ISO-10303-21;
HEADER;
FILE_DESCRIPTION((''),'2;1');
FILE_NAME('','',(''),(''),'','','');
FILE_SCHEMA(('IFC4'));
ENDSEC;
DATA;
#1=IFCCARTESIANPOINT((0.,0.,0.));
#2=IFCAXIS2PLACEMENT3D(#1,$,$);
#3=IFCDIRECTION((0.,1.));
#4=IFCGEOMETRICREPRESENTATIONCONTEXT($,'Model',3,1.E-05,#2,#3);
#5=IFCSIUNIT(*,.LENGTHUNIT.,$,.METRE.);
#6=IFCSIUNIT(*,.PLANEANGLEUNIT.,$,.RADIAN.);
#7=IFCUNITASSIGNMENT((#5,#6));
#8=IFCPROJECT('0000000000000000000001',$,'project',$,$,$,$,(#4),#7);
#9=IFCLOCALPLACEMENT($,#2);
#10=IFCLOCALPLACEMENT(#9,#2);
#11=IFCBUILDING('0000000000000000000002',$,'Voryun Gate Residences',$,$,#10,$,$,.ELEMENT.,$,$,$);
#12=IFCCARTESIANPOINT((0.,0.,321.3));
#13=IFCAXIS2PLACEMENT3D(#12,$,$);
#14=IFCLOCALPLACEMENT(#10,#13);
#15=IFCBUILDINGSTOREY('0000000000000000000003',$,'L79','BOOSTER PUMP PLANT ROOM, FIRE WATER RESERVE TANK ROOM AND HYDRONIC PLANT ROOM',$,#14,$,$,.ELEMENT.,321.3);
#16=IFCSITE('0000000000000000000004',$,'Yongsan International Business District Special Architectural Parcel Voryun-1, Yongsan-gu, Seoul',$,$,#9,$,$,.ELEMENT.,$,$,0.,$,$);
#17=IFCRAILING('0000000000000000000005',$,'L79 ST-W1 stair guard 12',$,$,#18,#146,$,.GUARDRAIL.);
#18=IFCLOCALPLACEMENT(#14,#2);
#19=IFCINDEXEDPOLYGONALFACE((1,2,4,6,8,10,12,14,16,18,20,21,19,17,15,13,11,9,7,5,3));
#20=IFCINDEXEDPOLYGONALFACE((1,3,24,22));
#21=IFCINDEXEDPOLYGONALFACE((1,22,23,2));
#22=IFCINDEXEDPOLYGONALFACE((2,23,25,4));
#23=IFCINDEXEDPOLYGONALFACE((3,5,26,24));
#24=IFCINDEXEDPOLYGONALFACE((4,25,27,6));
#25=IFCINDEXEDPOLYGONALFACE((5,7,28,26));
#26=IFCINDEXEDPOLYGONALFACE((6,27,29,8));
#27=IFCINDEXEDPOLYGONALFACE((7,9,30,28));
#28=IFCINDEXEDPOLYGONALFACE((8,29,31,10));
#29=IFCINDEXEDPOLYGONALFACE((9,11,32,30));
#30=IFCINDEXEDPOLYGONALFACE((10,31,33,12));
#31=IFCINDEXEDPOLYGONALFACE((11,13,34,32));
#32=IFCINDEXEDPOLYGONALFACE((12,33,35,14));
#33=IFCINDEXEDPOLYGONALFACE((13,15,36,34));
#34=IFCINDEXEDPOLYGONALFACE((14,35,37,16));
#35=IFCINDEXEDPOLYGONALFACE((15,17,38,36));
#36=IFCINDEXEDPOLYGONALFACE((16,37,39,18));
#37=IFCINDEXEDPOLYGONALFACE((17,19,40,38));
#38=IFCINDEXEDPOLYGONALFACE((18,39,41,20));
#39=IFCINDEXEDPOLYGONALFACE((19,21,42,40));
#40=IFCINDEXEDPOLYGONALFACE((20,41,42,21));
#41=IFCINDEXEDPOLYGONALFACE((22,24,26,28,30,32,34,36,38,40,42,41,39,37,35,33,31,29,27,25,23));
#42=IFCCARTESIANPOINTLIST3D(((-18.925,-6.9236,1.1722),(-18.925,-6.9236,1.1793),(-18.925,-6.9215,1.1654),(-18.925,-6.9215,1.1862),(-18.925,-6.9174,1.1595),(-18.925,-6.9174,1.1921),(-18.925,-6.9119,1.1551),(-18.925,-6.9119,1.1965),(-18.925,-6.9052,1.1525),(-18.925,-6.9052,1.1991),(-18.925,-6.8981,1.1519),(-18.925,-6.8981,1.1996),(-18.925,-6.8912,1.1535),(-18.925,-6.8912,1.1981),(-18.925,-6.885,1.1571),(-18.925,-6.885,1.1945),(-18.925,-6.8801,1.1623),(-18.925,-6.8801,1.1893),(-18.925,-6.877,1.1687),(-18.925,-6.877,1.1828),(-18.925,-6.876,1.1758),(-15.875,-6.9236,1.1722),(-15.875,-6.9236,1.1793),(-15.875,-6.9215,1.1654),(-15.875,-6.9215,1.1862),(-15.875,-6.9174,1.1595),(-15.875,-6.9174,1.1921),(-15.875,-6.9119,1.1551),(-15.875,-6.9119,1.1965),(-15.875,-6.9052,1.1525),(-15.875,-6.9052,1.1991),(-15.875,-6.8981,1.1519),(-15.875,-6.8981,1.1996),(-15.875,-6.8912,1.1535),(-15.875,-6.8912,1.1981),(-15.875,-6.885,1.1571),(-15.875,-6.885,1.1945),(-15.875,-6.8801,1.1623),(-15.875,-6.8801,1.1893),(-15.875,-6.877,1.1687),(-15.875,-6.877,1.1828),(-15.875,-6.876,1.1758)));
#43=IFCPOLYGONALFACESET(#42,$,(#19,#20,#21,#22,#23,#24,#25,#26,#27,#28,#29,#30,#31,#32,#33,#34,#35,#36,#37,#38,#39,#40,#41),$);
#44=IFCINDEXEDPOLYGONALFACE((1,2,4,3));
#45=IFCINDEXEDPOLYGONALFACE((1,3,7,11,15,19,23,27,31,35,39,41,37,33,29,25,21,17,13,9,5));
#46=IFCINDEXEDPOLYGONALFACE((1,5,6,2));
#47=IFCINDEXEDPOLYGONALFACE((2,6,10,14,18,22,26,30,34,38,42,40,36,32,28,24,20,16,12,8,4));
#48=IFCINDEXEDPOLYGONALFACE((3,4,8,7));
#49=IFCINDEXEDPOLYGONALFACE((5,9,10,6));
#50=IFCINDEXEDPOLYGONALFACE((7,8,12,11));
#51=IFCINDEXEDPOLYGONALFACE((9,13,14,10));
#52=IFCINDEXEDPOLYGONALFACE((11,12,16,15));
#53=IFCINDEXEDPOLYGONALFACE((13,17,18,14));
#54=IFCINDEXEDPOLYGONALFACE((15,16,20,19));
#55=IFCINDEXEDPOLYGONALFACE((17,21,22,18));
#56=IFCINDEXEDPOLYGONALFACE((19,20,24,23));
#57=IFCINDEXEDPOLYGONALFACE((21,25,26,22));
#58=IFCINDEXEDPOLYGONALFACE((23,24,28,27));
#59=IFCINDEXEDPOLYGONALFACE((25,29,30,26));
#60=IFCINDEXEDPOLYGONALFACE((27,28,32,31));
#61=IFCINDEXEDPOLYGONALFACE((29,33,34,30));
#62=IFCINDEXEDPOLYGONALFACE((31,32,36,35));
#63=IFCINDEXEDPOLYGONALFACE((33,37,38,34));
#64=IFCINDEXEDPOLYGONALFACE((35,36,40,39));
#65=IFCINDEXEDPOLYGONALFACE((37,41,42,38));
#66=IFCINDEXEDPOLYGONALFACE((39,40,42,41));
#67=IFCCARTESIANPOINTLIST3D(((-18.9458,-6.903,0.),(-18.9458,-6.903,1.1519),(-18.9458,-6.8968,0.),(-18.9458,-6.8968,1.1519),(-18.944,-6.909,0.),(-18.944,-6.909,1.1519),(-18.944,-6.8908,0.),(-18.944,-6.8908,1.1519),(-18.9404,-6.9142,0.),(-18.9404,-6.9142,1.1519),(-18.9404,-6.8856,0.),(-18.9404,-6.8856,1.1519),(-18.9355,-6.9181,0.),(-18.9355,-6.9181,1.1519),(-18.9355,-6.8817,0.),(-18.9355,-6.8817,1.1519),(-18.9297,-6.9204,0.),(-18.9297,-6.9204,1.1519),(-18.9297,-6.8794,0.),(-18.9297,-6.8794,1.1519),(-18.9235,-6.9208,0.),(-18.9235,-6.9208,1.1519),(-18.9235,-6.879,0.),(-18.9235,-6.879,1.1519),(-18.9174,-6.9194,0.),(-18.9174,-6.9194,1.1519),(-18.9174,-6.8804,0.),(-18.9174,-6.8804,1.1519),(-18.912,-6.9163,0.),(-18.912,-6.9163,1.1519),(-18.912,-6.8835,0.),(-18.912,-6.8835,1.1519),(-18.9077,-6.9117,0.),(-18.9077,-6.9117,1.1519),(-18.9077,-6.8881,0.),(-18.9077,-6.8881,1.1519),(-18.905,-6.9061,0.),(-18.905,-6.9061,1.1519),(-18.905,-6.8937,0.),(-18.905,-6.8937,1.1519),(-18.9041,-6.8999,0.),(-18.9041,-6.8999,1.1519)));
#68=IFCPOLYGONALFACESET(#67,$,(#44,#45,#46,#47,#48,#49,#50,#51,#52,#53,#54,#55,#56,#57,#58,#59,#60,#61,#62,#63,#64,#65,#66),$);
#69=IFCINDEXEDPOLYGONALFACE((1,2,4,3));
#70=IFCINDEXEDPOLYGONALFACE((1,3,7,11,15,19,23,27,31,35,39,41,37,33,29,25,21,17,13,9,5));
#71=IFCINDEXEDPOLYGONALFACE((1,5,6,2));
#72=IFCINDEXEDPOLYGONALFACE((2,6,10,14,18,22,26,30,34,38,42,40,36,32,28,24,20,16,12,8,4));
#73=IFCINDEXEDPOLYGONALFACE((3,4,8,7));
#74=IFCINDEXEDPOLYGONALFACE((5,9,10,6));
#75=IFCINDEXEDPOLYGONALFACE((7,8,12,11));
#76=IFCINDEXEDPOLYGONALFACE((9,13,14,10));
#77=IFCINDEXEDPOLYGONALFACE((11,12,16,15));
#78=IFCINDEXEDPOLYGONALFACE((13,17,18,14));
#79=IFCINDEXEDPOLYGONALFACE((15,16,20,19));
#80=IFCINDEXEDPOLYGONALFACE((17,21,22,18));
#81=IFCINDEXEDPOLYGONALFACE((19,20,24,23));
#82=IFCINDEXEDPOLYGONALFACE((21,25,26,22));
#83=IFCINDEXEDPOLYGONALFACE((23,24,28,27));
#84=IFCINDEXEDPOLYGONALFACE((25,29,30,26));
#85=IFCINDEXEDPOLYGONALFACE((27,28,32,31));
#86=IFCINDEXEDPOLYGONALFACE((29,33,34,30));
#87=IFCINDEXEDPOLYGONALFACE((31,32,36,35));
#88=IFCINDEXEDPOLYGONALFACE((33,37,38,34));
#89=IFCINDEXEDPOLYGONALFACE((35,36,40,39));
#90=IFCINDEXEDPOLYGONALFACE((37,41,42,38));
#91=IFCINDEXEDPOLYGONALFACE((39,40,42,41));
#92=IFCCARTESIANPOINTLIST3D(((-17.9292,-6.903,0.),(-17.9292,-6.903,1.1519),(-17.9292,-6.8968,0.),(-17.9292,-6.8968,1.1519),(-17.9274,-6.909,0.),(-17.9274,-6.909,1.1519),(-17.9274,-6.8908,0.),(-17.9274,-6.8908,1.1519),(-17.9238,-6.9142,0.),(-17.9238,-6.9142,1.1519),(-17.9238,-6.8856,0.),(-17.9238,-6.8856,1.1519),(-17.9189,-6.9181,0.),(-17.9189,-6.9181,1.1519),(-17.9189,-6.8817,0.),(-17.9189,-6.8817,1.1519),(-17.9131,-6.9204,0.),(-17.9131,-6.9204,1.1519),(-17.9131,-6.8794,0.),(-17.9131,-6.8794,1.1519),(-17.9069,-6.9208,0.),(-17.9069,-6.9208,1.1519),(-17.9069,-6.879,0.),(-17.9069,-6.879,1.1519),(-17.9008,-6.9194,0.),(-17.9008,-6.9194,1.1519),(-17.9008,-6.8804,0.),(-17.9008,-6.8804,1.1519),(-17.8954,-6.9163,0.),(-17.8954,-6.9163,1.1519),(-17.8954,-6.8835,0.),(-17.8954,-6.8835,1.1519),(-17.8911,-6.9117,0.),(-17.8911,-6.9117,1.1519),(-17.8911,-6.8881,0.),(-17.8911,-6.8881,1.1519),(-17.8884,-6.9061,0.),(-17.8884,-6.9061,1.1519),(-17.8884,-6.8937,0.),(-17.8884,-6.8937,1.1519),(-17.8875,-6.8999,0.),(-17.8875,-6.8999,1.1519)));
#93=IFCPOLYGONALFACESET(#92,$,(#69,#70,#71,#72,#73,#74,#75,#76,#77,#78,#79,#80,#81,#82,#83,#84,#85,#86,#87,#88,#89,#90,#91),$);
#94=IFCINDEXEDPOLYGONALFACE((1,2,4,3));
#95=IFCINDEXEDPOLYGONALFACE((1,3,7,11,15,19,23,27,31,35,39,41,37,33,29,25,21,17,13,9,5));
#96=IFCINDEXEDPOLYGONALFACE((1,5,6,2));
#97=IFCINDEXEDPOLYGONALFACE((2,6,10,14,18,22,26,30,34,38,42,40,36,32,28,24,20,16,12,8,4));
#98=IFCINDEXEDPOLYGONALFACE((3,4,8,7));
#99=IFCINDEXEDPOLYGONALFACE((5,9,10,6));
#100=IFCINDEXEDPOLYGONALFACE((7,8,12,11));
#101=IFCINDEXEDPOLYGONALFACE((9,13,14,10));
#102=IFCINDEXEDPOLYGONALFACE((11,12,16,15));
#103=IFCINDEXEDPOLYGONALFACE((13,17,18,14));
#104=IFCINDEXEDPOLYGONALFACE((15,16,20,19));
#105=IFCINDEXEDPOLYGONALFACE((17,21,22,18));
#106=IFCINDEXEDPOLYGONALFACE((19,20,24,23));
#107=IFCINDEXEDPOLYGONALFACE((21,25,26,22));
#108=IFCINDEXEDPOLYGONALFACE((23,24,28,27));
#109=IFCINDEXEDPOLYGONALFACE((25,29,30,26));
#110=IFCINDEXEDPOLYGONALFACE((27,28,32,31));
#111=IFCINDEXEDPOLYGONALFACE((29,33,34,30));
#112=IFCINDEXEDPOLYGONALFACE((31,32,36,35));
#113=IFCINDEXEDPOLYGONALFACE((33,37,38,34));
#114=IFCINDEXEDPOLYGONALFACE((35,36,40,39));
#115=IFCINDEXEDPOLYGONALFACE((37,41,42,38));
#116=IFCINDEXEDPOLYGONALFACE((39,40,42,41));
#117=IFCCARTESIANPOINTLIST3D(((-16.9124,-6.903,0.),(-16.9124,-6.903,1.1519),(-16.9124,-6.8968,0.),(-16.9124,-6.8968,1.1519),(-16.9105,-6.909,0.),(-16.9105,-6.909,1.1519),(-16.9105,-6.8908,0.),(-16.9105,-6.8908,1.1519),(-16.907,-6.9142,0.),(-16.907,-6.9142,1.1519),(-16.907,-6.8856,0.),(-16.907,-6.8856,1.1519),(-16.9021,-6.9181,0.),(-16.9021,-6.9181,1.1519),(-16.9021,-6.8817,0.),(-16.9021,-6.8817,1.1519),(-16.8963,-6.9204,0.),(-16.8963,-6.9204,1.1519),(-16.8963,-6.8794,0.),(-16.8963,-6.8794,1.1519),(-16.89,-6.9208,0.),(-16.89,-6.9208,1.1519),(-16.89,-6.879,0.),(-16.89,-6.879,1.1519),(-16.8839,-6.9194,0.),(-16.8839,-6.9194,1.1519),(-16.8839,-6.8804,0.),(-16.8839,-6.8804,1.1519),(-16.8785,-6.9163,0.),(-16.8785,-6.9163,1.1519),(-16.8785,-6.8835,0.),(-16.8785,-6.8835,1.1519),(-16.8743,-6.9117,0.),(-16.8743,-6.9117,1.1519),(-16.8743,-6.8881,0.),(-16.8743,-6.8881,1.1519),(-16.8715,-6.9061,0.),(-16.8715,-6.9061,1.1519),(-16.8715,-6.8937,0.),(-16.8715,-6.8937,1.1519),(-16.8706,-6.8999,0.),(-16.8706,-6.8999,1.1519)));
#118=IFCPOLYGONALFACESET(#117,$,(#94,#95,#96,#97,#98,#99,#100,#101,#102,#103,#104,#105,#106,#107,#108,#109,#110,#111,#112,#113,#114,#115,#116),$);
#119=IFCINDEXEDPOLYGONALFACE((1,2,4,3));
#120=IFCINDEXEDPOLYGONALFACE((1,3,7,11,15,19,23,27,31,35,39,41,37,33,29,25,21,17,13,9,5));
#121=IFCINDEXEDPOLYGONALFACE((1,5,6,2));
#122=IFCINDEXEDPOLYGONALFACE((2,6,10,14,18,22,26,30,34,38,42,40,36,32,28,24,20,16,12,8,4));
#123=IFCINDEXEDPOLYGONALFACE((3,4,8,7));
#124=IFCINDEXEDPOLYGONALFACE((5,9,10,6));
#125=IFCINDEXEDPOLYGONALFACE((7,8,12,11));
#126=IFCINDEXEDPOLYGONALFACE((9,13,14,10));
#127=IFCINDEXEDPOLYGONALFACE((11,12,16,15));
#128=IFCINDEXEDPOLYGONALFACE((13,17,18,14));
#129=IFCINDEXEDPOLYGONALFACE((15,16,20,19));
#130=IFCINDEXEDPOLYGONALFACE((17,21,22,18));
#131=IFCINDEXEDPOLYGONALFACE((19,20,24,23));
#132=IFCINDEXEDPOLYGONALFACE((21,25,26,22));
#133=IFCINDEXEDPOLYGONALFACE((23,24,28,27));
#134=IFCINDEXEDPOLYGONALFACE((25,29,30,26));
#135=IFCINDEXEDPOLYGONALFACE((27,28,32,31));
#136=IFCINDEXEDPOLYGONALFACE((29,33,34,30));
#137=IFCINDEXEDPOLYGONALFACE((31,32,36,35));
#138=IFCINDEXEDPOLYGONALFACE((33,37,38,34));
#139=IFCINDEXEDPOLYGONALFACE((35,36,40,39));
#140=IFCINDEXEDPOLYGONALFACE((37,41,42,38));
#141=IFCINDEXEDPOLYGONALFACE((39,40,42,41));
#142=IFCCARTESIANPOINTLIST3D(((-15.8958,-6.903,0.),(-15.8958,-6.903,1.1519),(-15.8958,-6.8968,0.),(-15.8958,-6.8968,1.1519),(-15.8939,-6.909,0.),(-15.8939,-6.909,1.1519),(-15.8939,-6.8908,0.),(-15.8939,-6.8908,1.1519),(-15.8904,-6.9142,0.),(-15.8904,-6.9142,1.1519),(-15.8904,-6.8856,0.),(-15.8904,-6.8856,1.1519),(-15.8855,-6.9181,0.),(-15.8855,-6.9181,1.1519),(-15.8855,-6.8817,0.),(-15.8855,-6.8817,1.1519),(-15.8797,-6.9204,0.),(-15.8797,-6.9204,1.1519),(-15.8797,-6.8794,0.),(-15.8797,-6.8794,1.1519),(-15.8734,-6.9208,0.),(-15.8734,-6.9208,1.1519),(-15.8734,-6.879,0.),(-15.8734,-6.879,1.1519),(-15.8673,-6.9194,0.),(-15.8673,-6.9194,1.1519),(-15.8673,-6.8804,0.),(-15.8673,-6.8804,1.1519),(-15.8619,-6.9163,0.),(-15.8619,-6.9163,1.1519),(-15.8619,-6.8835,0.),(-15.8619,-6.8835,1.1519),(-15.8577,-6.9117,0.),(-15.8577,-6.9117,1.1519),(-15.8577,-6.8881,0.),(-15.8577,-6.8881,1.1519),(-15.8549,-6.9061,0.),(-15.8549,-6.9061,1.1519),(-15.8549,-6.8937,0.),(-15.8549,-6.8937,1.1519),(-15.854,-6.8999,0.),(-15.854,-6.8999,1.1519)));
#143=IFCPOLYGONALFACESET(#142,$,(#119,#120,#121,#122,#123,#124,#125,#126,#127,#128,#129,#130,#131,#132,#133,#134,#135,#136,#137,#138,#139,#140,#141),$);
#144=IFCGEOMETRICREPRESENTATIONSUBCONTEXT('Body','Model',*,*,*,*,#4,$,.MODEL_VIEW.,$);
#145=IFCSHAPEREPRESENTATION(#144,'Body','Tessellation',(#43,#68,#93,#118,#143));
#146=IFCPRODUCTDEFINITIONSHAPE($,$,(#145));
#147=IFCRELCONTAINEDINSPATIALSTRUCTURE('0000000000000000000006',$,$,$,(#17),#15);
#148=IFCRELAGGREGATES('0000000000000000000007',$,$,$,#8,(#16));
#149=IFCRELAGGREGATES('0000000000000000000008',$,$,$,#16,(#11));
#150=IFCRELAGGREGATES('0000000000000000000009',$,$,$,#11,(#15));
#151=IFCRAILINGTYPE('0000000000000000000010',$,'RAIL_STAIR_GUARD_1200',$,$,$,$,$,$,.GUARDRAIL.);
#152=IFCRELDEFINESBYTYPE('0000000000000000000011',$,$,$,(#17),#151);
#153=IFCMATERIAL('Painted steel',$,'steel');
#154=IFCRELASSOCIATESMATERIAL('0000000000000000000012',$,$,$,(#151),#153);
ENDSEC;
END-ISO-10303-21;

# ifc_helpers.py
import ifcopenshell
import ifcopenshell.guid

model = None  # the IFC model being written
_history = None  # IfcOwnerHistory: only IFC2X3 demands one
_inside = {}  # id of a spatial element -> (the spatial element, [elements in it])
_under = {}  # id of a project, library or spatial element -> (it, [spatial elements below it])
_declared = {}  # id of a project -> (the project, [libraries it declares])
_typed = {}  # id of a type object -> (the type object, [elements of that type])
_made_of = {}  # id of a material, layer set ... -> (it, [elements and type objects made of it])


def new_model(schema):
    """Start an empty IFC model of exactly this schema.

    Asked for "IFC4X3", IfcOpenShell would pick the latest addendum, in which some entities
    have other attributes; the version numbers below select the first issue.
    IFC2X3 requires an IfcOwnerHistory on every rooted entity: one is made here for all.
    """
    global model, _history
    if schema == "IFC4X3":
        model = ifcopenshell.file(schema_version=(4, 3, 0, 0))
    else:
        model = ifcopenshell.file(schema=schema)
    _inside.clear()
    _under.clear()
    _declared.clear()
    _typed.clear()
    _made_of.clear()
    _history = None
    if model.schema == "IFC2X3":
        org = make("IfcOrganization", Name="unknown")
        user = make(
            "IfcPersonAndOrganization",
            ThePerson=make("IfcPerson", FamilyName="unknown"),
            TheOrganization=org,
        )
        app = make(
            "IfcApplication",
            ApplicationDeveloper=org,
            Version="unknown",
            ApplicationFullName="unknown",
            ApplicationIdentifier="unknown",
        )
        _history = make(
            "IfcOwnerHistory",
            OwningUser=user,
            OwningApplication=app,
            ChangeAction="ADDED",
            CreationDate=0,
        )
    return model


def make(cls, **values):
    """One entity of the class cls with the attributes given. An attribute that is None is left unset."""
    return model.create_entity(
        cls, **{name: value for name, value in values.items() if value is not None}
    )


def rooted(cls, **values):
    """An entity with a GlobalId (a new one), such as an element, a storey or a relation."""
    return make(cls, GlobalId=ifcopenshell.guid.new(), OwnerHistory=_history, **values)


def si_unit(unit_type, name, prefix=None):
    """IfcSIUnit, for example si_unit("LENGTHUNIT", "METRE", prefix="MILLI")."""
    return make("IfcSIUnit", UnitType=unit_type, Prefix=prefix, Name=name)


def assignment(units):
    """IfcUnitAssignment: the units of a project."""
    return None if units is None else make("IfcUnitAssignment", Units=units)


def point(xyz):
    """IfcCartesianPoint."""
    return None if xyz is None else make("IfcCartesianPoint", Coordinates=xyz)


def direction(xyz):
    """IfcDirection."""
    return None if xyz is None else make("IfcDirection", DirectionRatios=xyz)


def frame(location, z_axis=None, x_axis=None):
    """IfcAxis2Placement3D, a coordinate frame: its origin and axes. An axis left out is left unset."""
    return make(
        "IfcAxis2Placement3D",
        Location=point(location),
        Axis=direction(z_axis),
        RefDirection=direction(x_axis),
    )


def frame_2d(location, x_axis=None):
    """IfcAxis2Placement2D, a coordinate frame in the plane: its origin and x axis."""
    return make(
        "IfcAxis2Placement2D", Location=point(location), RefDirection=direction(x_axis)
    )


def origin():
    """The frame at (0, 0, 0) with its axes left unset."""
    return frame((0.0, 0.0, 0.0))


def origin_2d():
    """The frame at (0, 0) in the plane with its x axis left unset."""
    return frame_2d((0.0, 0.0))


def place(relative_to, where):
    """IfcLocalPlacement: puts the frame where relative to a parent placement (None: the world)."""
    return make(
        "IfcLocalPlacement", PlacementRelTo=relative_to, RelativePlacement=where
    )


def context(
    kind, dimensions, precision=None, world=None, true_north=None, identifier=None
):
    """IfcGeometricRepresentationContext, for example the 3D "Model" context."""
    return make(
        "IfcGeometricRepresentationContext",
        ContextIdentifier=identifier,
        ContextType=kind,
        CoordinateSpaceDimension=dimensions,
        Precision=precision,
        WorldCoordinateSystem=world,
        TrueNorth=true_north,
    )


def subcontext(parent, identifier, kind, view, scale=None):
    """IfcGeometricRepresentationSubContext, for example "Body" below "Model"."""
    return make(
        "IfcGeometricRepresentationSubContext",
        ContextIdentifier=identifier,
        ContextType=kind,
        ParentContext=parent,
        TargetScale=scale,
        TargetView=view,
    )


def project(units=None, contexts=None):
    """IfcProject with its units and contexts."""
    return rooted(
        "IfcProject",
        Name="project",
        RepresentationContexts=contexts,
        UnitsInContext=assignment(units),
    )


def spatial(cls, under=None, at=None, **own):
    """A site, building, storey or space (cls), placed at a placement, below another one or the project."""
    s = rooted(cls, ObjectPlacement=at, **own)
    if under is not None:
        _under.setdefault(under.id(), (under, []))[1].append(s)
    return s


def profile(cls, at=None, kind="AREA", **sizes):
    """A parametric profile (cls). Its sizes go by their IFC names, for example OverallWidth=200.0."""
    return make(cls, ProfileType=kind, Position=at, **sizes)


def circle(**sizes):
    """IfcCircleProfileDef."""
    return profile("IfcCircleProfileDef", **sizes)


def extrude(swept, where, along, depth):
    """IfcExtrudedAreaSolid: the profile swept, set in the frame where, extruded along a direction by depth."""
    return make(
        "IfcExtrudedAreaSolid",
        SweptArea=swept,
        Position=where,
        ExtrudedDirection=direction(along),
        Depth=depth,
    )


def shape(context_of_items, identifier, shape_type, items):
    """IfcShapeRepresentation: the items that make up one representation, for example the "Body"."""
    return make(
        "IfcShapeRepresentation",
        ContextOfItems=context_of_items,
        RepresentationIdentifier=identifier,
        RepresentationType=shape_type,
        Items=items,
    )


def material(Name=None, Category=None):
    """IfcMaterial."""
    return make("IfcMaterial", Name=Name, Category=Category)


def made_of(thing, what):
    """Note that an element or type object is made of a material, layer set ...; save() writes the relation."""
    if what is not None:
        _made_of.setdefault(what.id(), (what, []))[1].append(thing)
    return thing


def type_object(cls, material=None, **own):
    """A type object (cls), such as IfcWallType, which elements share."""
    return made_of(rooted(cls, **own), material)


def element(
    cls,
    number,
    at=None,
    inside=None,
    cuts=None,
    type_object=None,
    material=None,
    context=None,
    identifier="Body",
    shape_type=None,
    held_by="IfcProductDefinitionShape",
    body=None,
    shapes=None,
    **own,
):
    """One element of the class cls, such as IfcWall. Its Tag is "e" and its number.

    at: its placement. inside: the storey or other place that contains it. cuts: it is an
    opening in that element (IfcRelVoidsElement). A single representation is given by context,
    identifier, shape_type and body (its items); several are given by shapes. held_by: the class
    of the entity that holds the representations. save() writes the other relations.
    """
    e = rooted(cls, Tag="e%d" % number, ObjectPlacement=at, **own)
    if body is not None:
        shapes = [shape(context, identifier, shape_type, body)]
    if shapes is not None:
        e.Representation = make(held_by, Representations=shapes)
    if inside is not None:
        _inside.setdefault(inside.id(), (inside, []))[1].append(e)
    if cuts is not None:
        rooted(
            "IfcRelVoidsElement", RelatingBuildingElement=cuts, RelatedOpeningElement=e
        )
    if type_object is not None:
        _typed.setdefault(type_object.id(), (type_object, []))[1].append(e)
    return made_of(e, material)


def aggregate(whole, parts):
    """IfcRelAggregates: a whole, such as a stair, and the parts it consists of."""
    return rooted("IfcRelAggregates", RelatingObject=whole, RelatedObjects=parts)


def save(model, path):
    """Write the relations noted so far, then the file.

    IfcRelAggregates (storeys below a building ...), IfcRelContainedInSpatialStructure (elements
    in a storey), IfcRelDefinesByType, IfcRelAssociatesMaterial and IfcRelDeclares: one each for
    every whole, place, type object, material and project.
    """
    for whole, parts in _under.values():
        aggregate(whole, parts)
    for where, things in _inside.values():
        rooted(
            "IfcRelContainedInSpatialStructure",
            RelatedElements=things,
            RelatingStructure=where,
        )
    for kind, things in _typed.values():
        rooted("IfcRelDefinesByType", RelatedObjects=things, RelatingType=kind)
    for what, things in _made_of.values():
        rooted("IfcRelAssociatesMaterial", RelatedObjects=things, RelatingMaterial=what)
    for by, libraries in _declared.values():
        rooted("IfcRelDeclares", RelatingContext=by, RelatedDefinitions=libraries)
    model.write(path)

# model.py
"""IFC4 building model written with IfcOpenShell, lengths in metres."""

from ifc_helpers import new_model, si_unit, direction, frame, origin, origin_2d, place, context, subcontext, project, spatial, circle, extrude, material, type_object, element, save


model = new_model("IFC4")

# Units and contexts
model_context = context("Model", 3, precision=1e-05, world=origin(), true_north=direction((0.0, 1.0)))
body_context = subcontext(model_context, "Body", "Model", "MODEL_VIEW")
ifc_project = project(units=[si_unit("LENGTHUNIT", "METRE"), si_unit("PLANEANGLEUNIT", "RADIAN")], contexts=[model_context])

# Site, building, storey
site_placement = place(None, origin())
site = spatial("IfcSite", under=ifc_project, at=site_placement, Name="Yongsan International Business District Special Architectural Parcel Voryun-1, Yongsan-gu, Seoul", CompositionType="ELEMENT", RefElevation=0.0)
building_placement = place(site_placement, origin())
building = spatial("IfcBuilding", under=site, at=building_placement, Name="Voryun Gate Residences", CompositionType="ELEMENT")
storey_placement = place(building_placement, frame((0.0, 0.0, 321.3)))
storey = spatial("IfcBuildingStorey", under=building, at=storey_placement, Name="L79", Description="BOOSTER PUMP PLANT ROOM, FIRE WATER RESERVE TANK ROOM AND HYDRONIC PLANT ROOM", CompositionType="ELEMENT", Elevation=321.3)

# Railing
ifc_material_1 = material(Name="Painted steel", Category="steel")
railing_type = type_object("IfcRailingType", Name="RAIL_STAIR_GUARD_1200", PredefinedType="GUARDRAIL", material=ifc_material_1)
railing_1_placement = place(storey_placement, frame((-18.925, -6.8999, 0.0)))
element("IfcRailing", 1, at=railing_1_placement, inside=storey, type_object=railing_type, Name="L79 ST-W1 stair guard 12", PredefinedType="GUARDRAIL", context=body_context, shape_type="SweptSolid", body=[
    extrude(circle(Radius=0.0239, at=origin_2d()), frame((0.0, 0.0, 1.1758), z_axis=(1.0, 0.0, 0.0), x_axis=(0.0, 1.0, 0.0)), (0.0, 0.0, 1.0), 3.05),
    extrude(circle(Radius=0.021, at=origin_2d()), origin(), (0.0, 0.0, 1.0), 1.1519),
    extrude(circle(Radius=0.021, at=origin_2d()), frame((1.0166, 0.0, 0.0)), (0.0, 0.0, 1.0), 1.1519),
    extrude(circle(Radius=0.021, at=origin_2d()), frame((2.0334, 0.0, 0.0)), (0.0, 0.0, 1.0), 1.1519),
    extrude(circle(Radius=0.021, at=origin_2d()), frame((3.05, 0.0, 0.0)), (0.0, 0.0, 1.0), 1.1519),
])

save(model, "model.ifc")
